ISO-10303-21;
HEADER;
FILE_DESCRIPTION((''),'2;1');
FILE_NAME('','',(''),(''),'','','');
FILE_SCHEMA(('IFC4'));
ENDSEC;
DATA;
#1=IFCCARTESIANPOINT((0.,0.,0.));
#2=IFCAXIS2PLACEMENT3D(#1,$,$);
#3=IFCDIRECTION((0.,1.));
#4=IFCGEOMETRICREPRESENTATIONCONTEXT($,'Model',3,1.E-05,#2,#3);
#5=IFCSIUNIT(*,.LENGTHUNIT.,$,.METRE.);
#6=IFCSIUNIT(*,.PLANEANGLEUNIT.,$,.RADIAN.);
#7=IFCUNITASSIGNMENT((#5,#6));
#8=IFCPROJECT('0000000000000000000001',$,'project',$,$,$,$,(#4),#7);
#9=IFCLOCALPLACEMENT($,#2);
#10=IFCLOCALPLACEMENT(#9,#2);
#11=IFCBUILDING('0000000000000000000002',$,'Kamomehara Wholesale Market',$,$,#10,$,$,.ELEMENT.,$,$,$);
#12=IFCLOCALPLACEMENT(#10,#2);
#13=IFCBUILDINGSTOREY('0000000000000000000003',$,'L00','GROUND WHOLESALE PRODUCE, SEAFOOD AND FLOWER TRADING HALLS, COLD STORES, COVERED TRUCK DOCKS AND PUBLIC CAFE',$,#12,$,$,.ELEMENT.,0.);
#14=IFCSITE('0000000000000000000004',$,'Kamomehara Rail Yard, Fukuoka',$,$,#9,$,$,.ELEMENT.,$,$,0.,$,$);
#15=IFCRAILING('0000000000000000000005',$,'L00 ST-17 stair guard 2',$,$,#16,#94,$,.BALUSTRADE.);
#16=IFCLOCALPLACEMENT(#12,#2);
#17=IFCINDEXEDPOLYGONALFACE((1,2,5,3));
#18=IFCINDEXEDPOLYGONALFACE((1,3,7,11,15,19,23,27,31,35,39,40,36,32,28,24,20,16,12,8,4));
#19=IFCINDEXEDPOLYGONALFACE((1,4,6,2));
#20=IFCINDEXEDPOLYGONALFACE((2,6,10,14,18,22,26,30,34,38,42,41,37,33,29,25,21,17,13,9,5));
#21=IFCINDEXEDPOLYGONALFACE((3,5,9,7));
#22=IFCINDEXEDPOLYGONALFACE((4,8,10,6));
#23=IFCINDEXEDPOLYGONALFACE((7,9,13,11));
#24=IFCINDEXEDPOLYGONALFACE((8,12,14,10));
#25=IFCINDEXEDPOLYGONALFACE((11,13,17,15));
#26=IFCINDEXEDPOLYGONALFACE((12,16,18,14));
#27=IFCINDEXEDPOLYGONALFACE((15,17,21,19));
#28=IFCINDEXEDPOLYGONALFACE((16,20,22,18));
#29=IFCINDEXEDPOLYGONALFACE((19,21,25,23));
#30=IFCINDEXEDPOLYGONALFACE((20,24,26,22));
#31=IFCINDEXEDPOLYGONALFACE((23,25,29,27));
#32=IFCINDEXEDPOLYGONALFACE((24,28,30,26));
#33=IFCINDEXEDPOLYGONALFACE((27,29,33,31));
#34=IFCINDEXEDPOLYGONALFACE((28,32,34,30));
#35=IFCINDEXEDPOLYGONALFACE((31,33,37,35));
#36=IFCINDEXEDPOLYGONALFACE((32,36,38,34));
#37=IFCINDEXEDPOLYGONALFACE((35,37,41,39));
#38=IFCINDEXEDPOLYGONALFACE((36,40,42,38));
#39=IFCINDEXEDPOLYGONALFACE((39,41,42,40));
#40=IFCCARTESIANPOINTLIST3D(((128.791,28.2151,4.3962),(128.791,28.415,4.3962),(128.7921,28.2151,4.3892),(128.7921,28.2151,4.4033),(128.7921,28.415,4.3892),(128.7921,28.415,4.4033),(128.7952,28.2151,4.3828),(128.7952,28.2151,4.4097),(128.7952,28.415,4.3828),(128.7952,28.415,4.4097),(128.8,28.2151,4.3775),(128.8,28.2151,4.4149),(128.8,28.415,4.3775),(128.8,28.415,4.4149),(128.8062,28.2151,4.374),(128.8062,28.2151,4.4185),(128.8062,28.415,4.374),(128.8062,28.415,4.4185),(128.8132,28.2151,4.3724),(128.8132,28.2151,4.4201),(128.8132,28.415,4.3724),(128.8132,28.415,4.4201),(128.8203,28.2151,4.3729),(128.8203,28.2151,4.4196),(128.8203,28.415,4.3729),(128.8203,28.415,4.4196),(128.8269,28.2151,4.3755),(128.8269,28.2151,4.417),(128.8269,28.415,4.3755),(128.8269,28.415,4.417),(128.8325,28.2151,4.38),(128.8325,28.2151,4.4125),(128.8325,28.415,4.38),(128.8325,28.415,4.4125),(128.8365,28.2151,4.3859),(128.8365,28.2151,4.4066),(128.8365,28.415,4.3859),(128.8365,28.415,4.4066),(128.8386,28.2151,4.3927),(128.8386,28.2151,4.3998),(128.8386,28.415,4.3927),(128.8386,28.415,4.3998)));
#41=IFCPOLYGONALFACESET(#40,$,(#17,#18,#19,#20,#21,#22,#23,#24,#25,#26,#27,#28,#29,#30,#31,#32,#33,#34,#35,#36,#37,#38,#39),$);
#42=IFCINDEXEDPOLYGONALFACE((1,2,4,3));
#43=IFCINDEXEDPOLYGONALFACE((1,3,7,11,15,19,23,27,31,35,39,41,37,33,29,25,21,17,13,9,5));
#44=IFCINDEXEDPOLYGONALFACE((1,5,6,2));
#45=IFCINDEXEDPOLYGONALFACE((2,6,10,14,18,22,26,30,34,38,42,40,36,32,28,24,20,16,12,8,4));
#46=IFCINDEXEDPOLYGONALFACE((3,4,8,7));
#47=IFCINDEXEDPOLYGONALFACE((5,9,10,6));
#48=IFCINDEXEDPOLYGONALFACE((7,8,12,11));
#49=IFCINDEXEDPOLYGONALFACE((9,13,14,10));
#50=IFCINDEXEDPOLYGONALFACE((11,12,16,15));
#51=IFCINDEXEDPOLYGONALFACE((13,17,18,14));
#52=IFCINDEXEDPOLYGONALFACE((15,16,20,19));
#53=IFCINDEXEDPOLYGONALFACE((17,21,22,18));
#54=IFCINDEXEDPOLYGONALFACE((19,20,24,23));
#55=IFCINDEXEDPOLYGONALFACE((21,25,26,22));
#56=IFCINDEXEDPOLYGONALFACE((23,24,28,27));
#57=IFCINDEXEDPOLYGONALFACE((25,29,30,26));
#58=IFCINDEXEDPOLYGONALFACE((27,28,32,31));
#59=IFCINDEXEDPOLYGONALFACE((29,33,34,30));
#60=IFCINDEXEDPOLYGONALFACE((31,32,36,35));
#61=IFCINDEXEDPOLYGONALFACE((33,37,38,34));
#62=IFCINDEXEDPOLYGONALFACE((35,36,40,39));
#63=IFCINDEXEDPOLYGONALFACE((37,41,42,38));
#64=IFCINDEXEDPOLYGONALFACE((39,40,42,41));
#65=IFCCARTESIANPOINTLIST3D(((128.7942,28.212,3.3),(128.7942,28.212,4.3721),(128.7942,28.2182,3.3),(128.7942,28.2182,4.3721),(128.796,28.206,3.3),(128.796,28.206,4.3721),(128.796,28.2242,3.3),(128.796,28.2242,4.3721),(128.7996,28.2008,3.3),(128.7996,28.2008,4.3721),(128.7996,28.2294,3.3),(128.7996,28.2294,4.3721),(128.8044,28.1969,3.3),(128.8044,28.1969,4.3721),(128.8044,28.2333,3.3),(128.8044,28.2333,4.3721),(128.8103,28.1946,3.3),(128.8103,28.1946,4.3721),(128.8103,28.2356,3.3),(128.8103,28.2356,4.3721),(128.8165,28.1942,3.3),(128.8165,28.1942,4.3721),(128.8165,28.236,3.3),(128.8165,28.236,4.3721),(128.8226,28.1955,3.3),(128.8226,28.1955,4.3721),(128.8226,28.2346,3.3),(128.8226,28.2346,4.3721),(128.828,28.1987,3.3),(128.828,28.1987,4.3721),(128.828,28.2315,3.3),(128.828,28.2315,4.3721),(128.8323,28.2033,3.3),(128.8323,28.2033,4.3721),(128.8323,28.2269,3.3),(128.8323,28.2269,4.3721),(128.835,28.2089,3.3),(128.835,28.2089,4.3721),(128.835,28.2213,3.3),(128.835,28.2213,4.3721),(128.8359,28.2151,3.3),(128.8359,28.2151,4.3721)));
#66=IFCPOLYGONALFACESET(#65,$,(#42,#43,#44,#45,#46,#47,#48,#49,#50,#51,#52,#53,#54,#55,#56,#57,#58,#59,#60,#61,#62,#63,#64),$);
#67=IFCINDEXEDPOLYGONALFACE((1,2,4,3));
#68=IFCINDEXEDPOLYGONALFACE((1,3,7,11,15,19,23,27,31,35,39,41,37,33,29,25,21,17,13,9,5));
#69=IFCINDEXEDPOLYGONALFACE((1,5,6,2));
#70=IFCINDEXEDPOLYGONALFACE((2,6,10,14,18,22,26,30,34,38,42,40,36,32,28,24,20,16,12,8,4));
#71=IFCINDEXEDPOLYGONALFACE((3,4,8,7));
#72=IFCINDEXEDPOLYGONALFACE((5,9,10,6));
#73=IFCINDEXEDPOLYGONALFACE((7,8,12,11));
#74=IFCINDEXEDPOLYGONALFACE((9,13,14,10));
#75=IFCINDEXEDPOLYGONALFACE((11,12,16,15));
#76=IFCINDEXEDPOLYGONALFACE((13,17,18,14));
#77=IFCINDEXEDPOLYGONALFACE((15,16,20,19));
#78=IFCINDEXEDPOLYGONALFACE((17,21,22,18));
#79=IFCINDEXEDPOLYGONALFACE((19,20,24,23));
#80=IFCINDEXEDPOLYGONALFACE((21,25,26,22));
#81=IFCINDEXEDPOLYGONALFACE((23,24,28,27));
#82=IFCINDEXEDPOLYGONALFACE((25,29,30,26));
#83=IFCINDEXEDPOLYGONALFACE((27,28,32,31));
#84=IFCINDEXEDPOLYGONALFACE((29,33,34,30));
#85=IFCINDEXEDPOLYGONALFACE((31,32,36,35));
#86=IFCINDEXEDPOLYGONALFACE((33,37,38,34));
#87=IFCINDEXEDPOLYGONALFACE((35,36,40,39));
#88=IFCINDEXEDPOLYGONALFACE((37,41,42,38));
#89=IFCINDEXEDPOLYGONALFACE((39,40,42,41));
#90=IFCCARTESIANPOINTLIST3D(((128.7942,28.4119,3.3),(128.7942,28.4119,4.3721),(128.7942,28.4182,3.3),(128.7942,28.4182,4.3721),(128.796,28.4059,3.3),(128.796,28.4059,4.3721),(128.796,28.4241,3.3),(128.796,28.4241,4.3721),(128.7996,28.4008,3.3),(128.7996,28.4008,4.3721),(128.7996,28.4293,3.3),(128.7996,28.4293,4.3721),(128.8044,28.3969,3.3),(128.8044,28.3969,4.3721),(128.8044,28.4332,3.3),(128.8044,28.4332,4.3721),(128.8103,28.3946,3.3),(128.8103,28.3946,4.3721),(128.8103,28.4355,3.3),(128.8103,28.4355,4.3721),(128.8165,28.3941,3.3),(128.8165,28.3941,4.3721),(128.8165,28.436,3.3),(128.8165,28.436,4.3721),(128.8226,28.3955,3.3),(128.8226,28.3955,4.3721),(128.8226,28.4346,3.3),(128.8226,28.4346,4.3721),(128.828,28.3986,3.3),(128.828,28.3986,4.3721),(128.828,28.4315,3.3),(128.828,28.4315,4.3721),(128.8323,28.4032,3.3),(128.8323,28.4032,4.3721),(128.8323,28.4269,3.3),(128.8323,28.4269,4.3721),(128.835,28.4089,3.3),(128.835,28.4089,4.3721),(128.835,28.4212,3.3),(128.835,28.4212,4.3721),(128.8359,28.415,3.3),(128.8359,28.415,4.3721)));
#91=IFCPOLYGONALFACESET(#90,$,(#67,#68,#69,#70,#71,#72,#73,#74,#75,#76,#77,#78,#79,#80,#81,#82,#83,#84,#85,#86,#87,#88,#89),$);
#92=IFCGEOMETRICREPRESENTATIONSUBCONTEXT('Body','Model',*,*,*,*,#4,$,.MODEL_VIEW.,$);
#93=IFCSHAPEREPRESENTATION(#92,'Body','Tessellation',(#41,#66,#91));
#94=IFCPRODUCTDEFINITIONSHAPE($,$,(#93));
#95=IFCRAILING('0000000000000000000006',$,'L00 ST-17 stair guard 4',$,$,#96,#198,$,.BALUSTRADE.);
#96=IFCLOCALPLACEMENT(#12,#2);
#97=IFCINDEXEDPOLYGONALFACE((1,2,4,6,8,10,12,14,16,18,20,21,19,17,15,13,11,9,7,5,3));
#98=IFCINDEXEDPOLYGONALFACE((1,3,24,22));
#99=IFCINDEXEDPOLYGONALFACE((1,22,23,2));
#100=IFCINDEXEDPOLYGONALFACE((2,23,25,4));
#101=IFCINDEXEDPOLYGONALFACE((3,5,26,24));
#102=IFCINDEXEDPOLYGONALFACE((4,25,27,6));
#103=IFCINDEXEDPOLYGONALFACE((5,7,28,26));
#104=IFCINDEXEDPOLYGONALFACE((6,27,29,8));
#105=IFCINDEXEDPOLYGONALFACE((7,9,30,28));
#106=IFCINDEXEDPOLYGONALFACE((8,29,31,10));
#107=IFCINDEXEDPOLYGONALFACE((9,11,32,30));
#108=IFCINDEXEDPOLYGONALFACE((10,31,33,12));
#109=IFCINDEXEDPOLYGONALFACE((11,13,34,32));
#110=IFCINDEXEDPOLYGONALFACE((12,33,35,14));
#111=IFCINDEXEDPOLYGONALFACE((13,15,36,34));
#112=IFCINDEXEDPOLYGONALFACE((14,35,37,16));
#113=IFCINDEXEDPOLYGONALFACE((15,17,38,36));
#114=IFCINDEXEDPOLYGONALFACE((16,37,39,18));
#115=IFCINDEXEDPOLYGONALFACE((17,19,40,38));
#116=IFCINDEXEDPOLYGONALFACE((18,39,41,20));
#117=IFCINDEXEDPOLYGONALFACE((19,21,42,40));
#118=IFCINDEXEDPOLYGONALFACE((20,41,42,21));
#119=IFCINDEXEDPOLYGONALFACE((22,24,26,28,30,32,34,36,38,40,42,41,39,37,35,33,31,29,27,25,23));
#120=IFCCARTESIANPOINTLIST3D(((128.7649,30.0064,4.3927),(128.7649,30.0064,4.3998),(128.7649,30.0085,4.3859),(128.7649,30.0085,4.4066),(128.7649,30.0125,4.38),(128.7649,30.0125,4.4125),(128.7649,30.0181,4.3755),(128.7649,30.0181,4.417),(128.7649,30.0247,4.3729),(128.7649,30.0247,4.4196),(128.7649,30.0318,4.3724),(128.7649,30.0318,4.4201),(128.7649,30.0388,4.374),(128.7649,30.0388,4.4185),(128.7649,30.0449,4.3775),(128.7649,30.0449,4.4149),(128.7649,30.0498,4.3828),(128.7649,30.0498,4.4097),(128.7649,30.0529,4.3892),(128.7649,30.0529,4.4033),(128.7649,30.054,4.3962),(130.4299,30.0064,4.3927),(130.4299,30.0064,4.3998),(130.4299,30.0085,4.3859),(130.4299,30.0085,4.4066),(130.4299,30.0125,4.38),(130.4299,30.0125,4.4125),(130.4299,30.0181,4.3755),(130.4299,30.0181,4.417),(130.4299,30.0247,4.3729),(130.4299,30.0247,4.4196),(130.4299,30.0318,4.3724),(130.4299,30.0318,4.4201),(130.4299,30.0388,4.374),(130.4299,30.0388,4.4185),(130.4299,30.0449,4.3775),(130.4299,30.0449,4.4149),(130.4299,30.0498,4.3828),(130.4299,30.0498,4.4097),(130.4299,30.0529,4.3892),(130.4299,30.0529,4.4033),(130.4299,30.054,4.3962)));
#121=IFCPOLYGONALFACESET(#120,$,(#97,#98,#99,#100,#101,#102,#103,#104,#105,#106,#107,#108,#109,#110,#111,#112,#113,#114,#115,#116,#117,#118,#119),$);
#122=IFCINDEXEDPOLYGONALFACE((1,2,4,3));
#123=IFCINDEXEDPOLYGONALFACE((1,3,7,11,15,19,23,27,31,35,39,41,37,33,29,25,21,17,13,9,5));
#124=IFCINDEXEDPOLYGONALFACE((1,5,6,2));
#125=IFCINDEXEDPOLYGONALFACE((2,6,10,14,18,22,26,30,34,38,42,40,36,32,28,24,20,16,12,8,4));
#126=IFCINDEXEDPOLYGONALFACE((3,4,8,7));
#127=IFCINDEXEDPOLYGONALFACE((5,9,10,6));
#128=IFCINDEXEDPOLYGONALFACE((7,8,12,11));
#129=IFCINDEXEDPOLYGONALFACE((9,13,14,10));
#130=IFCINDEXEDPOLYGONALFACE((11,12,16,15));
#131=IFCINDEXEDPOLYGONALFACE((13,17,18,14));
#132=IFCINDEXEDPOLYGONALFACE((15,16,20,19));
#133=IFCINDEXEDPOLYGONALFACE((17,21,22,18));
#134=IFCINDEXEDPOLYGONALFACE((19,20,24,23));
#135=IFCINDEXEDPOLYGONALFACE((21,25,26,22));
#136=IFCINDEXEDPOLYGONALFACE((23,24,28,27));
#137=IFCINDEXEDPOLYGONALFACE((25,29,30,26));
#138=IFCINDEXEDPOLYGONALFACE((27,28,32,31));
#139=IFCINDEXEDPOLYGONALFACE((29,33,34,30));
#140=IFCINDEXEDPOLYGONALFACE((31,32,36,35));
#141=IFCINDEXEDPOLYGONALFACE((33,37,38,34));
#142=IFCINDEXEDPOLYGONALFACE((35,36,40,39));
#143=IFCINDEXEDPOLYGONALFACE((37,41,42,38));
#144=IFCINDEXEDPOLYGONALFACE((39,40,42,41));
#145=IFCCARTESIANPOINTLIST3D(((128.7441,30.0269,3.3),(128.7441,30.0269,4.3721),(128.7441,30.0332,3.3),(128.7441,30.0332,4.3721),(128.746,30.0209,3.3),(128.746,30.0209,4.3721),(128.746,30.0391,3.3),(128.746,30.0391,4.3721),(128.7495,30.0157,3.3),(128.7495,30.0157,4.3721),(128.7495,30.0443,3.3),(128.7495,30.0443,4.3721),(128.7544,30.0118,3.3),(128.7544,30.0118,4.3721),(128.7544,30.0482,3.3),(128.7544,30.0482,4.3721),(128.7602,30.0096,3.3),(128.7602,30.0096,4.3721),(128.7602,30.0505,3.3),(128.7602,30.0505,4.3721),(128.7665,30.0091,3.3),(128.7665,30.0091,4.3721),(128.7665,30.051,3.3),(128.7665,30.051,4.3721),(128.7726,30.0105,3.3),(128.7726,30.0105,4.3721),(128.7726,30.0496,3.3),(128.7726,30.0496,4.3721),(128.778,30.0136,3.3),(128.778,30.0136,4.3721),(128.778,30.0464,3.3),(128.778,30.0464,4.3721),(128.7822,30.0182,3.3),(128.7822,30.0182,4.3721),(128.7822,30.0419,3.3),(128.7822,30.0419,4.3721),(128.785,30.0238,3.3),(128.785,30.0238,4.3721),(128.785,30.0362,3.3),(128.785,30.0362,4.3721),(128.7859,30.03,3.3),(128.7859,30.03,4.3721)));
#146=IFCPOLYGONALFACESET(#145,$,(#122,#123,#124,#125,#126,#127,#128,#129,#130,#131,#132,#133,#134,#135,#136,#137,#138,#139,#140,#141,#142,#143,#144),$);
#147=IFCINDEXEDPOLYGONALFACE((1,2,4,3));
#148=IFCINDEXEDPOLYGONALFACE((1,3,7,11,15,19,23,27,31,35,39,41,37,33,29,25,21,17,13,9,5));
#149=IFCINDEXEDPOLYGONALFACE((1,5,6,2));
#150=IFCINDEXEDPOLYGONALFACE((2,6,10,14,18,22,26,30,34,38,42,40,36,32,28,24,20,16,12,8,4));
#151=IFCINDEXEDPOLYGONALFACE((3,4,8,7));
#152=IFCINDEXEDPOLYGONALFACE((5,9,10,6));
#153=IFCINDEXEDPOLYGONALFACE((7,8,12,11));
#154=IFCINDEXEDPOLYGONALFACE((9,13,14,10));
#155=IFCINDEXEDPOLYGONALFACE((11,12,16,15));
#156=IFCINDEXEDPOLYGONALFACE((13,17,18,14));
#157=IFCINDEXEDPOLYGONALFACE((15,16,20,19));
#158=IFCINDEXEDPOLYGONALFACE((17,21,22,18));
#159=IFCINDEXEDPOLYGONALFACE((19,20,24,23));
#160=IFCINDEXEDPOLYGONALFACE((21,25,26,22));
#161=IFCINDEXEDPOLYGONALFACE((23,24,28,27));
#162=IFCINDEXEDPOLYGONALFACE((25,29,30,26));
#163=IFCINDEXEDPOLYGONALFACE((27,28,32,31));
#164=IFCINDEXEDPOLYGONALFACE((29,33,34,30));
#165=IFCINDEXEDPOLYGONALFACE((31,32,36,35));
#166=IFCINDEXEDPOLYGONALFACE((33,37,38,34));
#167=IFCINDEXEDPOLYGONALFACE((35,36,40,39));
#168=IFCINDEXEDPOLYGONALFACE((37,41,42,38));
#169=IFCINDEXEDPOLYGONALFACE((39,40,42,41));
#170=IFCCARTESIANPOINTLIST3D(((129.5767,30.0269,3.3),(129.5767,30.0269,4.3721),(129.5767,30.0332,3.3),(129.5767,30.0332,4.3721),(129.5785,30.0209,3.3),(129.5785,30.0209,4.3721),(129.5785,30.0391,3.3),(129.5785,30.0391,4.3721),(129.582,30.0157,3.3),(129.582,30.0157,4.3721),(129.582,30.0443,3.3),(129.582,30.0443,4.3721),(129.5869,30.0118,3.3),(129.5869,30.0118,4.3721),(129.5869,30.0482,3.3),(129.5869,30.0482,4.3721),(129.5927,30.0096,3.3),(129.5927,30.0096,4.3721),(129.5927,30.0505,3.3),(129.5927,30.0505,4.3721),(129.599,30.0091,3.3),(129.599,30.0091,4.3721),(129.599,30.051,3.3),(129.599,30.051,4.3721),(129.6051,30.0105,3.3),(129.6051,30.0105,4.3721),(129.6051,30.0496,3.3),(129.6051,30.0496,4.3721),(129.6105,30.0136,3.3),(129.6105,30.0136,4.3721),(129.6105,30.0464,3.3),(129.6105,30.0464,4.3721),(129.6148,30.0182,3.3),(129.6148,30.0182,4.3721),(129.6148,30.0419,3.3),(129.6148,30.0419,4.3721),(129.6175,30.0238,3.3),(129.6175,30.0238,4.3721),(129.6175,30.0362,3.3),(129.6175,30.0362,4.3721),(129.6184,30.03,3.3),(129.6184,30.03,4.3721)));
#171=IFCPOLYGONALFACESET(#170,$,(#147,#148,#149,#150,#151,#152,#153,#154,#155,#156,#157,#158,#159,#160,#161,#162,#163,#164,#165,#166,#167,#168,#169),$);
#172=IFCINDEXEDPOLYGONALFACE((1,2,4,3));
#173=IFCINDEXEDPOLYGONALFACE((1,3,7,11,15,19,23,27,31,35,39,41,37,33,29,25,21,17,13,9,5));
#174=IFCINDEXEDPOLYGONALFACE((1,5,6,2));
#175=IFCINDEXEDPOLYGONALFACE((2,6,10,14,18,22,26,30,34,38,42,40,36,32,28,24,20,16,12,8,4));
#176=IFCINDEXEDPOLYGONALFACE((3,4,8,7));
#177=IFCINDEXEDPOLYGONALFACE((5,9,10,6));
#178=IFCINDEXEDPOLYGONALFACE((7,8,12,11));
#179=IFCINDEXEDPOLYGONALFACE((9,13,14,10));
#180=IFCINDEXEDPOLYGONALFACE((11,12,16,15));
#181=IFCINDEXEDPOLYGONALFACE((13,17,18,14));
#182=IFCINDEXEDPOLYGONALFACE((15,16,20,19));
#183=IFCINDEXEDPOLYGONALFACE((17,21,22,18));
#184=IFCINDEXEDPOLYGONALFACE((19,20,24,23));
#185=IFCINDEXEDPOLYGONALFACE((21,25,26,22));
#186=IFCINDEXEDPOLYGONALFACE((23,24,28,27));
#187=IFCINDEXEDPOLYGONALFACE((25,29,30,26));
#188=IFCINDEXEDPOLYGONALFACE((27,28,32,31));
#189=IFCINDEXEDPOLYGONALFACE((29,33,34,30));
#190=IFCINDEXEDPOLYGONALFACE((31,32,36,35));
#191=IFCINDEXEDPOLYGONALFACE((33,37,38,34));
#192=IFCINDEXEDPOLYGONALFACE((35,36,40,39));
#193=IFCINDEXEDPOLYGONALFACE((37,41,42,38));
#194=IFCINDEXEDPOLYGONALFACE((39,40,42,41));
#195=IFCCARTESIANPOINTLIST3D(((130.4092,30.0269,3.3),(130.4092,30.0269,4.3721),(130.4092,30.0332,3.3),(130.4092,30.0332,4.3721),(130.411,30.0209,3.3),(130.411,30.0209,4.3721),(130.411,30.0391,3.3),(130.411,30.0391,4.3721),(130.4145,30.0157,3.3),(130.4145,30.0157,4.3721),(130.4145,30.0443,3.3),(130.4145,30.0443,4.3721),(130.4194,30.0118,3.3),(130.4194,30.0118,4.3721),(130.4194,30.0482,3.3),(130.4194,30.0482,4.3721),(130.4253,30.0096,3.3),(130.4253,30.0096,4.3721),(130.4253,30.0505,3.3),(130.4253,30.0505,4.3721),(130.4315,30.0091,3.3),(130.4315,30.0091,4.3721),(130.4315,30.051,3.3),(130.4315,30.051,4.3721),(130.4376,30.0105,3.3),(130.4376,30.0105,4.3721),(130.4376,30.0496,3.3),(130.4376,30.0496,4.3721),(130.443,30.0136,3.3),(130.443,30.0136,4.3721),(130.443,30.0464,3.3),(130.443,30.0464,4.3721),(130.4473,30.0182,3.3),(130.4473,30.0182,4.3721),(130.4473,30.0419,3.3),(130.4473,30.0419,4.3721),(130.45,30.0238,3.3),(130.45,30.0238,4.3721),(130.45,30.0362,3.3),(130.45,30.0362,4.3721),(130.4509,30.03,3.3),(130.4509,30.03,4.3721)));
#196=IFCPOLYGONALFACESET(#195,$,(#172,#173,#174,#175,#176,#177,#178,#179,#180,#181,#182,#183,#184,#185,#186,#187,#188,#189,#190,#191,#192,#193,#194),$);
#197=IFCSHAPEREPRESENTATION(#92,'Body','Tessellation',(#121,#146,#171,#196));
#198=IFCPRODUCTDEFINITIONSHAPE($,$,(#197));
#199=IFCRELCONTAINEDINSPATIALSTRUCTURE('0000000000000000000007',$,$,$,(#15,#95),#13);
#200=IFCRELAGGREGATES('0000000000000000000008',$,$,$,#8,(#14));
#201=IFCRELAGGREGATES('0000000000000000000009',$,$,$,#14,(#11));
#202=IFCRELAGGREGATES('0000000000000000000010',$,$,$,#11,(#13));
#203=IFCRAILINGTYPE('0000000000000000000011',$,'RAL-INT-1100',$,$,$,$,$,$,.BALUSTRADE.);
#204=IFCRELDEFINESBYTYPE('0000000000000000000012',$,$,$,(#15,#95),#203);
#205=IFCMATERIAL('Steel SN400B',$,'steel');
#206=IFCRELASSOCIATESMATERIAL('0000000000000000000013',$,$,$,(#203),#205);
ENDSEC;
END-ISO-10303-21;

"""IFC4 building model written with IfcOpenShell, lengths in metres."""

from ifc_helpers import new_model, si_unit, direction, frame, origin, origin_2d, place, context, subcontext, project, spatial, circle, extrude, material, type_object, element, save


model = new_model("IFC4")

# Units and contexts
model_context = context("Model", 3, precision=1e-05, world=origin(), true_north=direction((0.0, 1.0)))
body_context = subcontext(model_context, "Body", "Model", "MODEL_VIEW")
ifc_project = project(units=[si_unit("LENGTHUNIT", "METRE"), si_unit("PLANEANGLEUNIT", "RADIAN")], contexts=[model_context])

# Site, building, storey
site_placement = place(None, origin())
site = spatial("IfcSite", under=ifc_project, at=site_placement, Name="Kamomehara Rail Yard, Fukuoka", CompositionType="ELEMENT", RefElevation=0.0)
building_placement = place(site_placement, origin())
building = spatial("IfcBuilding", under=site, at=building_placement, Name="Kamomehara Wholesale Market", CompositionType="ELEMENT")
storey_placement = place(building_placement, origin())
storey = spatial("IfcBuildingStorey", under=building, at=storey_placement, Name="L00", Description="GROUND WHOLESALE PRODUCE, SEAFOOD AND FLOWER TRADING HALLS, COLD STORES, COVERED TRUCK DOCKS AND PUBLIC CAFE", CompositionType="ELEMENT", Elevation=0.0)

# Railings
ifc_material_1 = material(Name="Steel SN400B", Category="steel")
railing_type_1 = type_object("IfcRailingType", Name="RAL-INT-1100", PredefinedType="BALUSTRADE", material=ifc_material_1)
railing_1_placement = place(storey_placement, frame((128.8149, 28.2151, 3.3)))
element("IfcRailing", 1, at=railing_1_placement, inside=storey, type_object=railing_type_1, Name="L00 ST-17 stair guard 2", PredefinedType="BALUSTRADE", context=body_context, shape_type="SweptSolid", body=[
    extrude(circle(Radius=0.0239, at=origin_2d()), frame((0.0, 0.0, 1.0962), z_axis=(0.0, 1.0, 0.0), x_axis=(-1.0, 0.0, 0.0)), (0.0, 0.0, 1.0), 0.2),
    extrude(circle(Radius=0.021, at=origin_2d()), origin(), (0.0, 0.0, 1.0), 1.072),
    extrude(circle(Radius=0.021, at=origin_2d()), frame((0.0, 0.2, 0.0)), (0.0, 0.0, 1.0), 1.072),
])
railing_2_placement = place(storey_placement, frame((128.7649, 30.03, 3.3)))
element("IfcRailing", 2, at=railing_2_placement, inside=storey, type_object=railing_type_1, Name="L00 ST-17 stair guard 4", PredefinedType="BALUSTRADE", context=body_context, shape_type="SweptSolid", body=[
    extrude(circle(Radius=0.0239, at=origin_2d()), frame((0.0, 0.0, 1.0962), z_axis=(1.0, 0.0, 0.0), x_axis=(0.0, 1.0, 0.0)), (0.0, 0.0, 1.0), 1.665),
    extrude(circle(Radius=0.021, at=origin_2d()), origin(), (0.0, 0.0, 1.0), 1.072),
    extrude(circle(Radius=0.021, at=origin_2d()), frame((0.8325, 0.0, 0.0)), (0.0, 0.0, 1.0), 1.072),
    extrude(circle(Radius=0.021, at=origin_2d()), frame((1.665, 0.0, 0.0)), (0.0, 0.0, 1.0), 1.072),
])

save(model, "model.ifc")
